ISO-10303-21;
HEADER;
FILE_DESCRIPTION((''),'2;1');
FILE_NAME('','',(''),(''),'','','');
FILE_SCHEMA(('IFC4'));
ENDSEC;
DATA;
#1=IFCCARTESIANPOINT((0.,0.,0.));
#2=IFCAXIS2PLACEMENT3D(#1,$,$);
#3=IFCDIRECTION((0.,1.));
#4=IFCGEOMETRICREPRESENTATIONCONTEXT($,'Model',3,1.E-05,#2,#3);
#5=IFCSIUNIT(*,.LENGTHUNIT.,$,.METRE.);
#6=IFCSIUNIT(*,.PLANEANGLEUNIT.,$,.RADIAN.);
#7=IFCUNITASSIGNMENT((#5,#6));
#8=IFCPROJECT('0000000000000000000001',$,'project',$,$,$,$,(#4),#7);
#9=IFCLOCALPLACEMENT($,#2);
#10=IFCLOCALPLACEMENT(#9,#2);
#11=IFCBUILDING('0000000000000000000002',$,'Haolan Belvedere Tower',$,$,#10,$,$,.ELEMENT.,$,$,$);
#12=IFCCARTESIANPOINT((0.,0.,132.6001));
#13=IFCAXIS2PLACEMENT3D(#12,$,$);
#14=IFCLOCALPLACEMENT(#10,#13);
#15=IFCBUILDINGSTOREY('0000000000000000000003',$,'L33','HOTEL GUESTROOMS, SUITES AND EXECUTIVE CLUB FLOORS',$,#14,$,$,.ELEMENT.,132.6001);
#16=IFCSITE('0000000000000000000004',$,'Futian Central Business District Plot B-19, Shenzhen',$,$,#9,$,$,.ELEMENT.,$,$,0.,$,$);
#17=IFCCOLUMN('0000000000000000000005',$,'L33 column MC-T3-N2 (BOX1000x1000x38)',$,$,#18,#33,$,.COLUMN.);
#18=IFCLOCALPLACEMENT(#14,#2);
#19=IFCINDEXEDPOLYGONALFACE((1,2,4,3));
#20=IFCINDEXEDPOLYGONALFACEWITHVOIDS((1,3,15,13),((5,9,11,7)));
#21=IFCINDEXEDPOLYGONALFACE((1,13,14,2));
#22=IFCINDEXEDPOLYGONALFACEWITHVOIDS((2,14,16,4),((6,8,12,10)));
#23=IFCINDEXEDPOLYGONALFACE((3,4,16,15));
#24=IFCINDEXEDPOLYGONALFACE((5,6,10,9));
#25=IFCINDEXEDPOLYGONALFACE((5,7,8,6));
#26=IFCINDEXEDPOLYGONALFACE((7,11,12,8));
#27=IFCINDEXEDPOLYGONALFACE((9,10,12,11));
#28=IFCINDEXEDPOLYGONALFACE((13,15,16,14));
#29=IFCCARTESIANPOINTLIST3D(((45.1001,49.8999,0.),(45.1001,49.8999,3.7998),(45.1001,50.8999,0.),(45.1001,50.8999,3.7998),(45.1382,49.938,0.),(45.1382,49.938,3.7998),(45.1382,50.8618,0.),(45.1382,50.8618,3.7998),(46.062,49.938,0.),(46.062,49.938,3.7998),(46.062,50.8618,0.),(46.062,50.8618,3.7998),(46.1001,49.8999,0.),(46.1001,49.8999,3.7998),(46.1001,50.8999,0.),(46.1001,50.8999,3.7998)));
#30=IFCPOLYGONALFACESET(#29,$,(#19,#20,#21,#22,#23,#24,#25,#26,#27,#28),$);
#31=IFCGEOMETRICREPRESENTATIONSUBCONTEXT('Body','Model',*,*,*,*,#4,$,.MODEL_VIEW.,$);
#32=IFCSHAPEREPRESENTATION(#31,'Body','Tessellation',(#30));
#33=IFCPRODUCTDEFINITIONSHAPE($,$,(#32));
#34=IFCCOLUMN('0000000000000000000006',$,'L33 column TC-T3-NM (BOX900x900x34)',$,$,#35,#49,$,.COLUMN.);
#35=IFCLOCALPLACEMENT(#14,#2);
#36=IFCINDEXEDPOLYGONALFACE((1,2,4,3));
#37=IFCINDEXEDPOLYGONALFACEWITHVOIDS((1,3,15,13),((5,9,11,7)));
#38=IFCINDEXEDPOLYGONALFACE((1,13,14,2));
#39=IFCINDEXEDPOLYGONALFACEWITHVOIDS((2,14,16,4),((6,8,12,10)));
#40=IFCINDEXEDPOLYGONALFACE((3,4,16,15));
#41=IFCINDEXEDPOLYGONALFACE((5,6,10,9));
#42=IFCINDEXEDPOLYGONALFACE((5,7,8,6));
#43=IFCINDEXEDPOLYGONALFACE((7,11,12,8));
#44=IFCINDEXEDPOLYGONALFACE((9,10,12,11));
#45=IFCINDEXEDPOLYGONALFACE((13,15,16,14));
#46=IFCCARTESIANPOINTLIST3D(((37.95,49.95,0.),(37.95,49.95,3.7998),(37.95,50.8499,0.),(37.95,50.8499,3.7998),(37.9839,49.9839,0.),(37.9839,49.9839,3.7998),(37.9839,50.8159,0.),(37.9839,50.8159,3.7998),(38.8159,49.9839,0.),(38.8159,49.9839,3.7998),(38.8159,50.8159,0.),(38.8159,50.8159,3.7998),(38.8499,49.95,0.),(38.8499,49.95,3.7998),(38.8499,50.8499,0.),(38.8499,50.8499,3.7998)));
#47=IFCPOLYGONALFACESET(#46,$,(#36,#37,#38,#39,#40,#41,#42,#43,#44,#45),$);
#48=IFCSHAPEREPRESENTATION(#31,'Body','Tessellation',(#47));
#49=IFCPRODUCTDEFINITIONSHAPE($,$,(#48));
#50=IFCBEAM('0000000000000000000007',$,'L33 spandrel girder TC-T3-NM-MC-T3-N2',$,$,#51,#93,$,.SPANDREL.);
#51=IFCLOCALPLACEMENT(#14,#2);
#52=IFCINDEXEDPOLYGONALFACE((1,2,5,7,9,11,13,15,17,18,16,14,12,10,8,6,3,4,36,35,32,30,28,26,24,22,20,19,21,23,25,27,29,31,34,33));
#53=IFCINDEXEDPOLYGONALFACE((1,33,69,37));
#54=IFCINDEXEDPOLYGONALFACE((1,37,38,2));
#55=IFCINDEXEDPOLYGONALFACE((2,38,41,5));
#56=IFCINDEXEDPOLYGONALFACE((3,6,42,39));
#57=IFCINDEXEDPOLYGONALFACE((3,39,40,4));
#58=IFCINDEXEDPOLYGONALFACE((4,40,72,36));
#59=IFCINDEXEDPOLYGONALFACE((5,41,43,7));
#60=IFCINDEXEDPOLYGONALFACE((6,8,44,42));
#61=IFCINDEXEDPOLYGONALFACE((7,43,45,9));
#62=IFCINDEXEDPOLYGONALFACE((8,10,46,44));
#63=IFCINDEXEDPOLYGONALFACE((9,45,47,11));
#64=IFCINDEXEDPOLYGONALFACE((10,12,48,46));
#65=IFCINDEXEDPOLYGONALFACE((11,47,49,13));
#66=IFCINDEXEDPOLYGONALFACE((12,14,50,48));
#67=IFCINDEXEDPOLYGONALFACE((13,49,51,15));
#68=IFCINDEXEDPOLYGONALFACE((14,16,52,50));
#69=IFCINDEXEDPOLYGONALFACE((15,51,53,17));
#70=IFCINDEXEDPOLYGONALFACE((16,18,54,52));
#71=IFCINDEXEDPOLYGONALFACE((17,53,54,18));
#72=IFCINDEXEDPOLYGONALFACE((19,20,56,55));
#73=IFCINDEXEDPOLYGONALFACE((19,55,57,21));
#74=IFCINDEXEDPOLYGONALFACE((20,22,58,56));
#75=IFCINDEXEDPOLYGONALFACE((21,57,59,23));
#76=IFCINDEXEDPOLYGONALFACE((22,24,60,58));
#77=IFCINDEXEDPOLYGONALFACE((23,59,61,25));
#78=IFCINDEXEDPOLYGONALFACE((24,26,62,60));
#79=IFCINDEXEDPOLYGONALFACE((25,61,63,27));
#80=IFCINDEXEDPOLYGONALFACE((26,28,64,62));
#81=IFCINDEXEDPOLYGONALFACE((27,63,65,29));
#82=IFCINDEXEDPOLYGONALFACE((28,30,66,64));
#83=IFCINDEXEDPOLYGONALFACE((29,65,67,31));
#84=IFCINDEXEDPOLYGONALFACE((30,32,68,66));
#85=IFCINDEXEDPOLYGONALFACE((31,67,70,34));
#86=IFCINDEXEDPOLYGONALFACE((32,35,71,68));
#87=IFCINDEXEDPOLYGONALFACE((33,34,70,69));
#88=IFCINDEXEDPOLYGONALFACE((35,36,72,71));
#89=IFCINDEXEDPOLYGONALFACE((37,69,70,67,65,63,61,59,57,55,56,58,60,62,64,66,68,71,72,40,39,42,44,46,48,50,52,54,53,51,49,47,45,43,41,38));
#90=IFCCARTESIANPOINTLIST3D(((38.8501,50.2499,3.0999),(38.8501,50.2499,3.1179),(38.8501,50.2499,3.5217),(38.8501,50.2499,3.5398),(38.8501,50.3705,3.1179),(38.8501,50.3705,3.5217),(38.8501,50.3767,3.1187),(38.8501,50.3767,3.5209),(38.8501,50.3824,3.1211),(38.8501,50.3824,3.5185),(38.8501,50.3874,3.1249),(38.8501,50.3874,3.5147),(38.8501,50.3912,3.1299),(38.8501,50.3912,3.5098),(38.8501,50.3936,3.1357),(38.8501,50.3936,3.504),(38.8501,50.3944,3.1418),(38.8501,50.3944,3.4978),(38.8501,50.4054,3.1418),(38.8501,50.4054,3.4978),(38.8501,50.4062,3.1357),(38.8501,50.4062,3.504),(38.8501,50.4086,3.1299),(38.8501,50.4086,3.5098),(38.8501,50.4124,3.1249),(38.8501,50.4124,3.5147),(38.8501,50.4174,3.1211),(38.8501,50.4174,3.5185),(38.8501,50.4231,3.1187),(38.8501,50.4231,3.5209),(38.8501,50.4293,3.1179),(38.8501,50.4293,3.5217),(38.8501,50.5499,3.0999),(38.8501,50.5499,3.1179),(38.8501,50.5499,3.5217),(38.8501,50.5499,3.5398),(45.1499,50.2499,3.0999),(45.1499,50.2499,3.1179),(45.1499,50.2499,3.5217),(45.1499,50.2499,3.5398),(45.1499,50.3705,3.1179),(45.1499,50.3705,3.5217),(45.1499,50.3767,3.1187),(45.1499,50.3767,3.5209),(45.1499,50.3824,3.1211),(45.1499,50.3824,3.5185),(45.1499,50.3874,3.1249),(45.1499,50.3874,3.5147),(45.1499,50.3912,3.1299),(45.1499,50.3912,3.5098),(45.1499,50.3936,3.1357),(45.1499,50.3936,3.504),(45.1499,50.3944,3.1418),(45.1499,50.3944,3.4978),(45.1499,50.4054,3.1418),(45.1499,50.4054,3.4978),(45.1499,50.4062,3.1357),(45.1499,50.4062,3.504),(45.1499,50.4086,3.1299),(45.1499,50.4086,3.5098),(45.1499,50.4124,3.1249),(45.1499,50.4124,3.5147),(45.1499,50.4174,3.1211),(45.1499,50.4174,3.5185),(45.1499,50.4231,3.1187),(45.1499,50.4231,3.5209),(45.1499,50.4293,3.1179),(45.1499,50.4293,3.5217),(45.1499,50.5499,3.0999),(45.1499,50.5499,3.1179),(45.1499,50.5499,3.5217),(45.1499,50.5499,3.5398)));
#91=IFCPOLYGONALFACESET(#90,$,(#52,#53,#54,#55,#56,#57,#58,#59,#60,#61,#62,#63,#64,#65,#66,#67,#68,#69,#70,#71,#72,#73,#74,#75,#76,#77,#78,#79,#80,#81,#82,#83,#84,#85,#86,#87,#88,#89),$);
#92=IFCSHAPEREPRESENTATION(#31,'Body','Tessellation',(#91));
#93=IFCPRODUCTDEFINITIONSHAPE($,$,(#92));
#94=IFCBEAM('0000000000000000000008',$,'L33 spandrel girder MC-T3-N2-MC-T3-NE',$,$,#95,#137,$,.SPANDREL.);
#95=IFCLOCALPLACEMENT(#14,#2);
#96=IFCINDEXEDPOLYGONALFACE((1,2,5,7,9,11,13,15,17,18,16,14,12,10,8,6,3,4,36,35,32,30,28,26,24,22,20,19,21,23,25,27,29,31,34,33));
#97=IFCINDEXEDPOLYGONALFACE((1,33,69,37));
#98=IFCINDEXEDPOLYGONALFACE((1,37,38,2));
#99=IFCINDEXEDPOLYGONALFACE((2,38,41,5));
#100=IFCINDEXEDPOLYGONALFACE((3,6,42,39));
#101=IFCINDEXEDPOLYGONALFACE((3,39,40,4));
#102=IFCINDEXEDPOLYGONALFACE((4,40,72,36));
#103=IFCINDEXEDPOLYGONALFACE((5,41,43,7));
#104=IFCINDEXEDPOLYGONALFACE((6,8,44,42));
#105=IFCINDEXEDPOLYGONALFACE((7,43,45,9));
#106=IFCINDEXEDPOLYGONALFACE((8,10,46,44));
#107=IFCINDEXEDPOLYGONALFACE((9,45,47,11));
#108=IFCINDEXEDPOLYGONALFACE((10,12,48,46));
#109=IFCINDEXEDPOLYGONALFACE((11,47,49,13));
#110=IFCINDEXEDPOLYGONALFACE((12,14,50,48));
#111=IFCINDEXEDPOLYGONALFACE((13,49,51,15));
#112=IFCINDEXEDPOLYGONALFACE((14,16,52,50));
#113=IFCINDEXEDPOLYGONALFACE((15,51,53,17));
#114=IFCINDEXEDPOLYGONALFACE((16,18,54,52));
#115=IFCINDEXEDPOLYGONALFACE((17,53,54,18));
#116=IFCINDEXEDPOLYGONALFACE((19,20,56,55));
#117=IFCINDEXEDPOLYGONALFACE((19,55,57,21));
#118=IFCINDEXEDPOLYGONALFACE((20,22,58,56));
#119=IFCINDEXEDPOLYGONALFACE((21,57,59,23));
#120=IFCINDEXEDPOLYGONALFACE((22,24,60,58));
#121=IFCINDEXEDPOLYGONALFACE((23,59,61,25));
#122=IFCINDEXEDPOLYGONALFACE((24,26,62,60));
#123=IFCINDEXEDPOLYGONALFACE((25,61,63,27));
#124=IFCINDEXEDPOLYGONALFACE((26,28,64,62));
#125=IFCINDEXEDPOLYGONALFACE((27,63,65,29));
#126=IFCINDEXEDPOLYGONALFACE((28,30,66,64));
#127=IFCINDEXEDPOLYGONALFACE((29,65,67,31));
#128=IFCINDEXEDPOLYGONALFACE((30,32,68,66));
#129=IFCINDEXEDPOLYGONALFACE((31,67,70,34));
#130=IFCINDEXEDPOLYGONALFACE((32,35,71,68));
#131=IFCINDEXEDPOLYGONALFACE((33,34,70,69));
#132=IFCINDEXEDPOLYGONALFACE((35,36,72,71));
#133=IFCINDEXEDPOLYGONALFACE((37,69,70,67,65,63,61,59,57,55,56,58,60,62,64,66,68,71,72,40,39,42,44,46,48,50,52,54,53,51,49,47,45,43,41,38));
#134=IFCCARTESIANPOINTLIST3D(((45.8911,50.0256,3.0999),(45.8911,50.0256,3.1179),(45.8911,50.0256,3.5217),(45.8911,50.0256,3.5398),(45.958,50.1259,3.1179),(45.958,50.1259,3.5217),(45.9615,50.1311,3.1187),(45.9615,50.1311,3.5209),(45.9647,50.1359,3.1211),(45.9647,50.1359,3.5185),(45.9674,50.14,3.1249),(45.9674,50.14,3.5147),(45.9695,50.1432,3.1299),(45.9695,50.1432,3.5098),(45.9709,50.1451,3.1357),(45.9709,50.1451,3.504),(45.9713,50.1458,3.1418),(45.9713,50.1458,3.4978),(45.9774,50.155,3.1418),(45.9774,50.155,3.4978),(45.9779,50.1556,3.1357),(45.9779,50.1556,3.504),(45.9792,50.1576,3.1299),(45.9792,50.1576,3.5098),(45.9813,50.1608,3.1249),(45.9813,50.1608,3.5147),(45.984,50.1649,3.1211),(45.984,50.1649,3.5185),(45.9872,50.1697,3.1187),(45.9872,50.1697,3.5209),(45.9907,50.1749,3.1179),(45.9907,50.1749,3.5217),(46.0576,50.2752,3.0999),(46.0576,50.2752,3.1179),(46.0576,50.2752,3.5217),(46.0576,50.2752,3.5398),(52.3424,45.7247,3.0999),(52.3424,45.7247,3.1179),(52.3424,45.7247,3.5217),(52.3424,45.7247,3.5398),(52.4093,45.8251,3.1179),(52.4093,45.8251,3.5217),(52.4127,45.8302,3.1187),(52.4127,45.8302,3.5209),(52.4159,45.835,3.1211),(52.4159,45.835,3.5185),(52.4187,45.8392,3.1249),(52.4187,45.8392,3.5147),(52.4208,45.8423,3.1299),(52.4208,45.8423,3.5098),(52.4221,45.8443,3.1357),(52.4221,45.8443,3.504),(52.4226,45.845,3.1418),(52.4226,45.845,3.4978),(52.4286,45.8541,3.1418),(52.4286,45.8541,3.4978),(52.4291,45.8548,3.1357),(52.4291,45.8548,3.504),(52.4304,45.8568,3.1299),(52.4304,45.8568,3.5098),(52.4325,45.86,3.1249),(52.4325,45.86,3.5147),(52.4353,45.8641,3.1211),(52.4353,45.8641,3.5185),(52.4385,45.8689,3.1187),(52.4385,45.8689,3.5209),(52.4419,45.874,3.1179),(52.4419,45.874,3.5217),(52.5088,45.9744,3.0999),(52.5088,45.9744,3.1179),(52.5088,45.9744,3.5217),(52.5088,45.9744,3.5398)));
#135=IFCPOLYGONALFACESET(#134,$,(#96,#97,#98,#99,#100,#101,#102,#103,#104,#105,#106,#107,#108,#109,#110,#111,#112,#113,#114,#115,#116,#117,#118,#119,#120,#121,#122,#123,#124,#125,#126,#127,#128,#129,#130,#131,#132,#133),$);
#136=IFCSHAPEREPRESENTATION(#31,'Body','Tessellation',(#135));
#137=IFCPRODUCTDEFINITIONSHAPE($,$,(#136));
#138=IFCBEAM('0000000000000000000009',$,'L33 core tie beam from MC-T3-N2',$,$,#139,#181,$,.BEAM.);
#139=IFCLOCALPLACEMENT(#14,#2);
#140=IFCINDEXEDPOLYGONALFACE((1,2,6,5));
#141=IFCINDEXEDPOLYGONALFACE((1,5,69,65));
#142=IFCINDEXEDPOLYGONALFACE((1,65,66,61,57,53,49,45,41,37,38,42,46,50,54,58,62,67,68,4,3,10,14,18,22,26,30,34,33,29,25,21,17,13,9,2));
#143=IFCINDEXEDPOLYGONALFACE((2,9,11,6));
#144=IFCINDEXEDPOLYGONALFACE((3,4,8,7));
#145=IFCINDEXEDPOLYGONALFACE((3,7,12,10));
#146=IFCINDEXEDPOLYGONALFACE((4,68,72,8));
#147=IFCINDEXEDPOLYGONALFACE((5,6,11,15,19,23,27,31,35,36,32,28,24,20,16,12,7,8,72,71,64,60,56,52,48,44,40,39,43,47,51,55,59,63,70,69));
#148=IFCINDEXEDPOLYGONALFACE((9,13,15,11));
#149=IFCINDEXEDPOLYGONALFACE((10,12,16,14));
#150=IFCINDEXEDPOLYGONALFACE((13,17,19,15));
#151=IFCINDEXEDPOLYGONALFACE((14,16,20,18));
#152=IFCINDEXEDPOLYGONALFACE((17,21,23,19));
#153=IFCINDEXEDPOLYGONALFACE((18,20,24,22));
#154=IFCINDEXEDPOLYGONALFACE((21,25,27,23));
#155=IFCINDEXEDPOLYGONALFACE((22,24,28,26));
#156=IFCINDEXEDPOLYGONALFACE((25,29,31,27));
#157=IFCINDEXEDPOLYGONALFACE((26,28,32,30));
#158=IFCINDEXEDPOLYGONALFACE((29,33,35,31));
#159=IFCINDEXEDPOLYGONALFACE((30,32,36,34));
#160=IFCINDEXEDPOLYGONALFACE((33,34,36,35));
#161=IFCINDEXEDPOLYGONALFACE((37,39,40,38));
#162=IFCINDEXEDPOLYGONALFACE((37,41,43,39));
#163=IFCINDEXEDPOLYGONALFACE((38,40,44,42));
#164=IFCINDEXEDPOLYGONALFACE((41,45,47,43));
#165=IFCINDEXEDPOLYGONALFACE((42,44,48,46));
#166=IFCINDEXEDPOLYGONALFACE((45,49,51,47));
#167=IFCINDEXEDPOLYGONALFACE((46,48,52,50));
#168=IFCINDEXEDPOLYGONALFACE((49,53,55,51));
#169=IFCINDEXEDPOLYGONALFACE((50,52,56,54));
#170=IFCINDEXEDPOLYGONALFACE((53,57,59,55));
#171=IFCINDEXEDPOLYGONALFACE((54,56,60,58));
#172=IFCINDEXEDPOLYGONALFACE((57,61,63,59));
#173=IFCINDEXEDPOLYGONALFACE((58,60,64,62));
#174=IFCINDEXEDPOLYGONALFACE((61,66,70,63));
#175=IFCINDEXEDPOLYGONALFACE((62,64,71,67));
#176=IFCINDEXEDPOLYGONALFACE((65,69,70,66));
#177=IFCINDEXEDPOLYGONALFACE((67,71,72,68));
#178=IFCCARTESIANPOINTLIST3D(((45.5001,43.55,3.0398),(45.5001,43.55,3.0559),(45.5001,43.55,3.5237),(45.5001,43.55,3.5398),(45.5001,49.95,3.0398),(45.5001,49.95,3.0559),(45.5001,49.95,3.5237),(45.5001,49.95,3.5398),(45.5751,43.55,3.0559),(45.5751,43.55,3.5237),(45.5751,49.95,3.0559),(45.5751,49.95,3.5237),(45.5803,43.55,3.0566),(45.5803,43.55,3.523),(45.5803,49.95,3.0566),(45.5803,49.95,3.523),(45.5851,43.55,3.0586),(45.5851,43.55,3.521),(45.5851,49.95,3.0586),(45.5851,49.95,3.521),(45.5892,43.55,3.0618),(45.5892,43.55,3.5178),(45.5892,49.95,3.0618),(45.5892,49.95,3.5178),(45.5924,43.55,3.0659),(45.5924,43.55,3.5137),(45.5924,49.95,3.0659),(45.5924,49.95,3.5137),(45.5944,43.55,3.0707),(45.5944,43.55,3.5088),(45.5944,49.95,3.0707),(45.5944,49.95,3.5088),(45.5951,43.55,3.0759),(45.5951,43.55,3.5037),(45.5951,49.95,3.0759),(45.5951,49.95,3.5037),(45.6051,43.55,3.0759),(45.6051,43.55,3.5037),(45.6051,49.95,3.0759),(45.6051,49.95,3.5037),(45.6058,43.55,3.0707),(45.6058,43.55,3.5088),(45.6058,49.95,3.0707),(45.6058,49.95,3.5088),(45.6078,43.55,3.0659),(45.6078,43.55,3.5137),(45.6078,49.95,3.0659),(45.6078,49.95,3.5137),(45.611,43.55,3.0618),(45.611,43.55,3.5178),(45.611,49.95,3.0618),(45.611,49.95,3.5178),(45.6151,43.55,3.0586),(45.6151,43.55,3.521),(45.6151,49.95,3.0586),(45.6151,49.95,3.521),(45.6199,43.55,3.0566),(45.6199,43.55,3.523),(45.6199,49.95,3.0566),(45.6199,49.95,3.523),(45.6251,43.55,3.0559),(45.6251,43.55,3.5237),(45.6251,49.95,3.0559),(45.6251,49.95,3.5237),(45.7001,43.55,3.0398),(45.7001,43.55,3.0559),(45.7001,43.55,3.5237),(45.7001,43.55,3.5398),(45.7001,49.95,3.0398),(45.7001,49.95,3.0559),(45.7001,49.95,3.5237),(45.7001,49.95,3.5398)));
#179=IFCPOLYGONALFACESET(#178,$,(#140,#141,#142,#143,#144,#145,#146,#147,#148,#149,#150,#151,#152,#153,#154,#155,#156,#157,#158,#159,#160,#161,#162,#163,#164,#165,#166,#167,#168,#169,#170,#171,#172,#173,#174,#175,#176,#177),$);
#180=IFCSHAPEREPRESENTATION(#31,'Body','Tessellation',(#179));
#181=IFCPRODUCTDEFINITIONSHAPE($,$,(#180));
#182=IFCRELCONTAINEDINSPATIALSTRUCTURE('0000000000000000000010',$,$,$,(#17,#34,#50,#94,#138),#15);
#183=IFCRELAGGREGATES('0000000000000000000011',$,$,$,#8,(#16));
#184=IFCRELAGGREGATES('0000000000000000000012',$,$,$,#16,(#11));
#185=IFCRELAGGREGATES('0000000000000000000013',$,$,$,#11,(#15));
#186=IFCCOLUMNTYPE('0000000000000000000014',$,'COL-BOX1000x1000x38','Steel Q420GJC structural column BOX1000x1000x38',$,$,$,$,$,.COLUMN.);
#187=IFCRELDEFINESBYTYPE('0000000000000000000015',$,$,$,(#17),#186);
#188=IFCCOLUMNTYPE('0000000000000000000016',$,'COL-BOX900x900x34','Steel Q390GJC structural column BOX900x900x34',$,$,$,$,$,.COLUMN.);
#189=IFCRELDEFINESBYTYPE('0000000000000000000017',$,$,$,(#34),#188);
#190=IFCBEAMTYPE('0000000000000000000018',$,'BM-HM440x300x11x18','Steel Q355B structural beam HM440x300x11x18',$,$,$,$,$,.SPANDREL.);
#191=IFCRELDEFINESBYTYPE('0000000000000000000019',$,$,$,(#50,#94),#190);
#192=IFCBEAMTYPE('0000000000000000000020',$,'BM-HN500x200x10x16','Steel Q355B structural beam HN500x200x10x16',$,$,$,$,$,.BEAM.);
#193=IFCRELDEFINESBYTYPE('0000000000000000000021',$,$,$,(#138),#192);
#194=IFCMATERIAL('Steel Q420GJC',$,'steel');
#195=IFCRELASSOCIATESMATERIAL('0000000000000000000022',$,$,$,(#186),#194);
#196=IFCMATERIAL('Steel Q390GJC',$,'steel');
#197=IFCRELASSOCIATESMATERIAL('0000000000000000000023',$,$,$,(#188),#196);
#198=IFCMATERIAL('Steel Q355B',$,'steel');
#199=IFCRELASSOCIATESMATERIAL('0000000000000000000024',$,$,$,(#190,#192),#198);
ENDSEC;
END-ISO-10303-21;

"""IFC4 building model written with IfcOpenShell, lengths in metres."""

from ifc_helpers import new_model, si_unit, direction, frame, origin, origin_2d, place, context, subcontext, project, spatial, hollow_rectangle, i_section, extrude, material, material_profile, profile_set, type_object, element, save


model = new_model("IFC4")

# Units and contexts
model_context = context("Model", 3, precision=1e-05, world=origin(), true_north=direction((0.0, 1.0)))
body_context = subcontext(model_context, "Body", "Model", "MODEL_VIEW")
ifc_project = project(units=[si_unit("LENGTHUNIT", "METRE"), si_unit("PLANEANGLEUNIT", "RADIAN")], contexts=[model_context])

# Site, building, storey
site_placement = place(None, origin())
site = spatial("IfcSite", under=ifc_project, at=site_placement, Name="Futian Central Business District Plot B-19, Shenzhen", CompositionType="ELEMENT", RefElevation=0.0)
building_placement = place(site_placement, origin())
building = spatial("IfcBuilding", under=site, at=building_placement, Name="Haolan Belvedere Tower", CompositionType="ELEMENT")
storey_placement = place(building_placement, frame((0.0, 0.0, 132.6001)))
storey = spatial("IfcBuildingStorey", under=building, at=storey_placement, Name="L33", Description="HOTEL GUESTROOMS, SUITES AND EXECUTIVE CLUB FLOORS", CompositionType="ELEMENT", Elevation=132.6001)

# Columns
ifc_material_1 = material(Name="Steel Q420GJC", Category="steel")
ifc_material_profile_1 = material_profile(ifc_material_1, hollow_rectangle(XDim=1.0, YDim=1.0, WallThickness=0.0381, at=origin_2d()), Name="Steel Q420GJC")
ifc_profile_set_1 = profile_set([ifc_material_profile_1], Name="Steel Q420GJC")
column_type_1 = type_object("IfcColumnType", Name="COL-BOX1000x1000x38", Description="Steel Q420GJC structural column BOX1000x1000x38", PredefinedType="COLUMN", material=ifc_profile_set_1)
column_1_placement = place(storey_placement, frame((45.6001, 50.3999, 0.0), z_axis=(0.0, 0.0, 1.0), x_axis=(1.0, 0.0, 0.0)))
element("IfcColumn", 1, at=column_1_placement, inside=storey, type_object=column_type_1, Name="L33 column MC-T3-N2 (BOX1000x1000x38)", PredefinedType="COLUMN", context=body_context, shape_type="SweptSolid", body=[
    extrude(hollow_rectangle(XDim=1.0, YDim=1.0, WallThickness=0.0381, at=origin_2d()), origin(), (0.0, 0.0, 1.0), 3.7998),
])
ifc_material_2 = material(Name="Steel Q390GJC", Category="steel")
ifc_material_profile_2 = material_profile(ifc_material_2, hollow_rectangle(XDim=0.8999, YDim=0.8999, WallThickness=0.0339, at=origin_2d()), Name="Steel Q390GJC")
ifc_profile_set_2 = profile_set([ifc_material_profile_2], Name="Steel Q390GJC")
column_type_2 = type_object("IfcColumnType", Name="COL-BOX900x900x34", Description="Steel Q390GJC structural column BOX900x900x34", PredefinedType="COLUMN", material=ifc_profile_set_2)
column_2_placement = place(storey_placement, frame((38.3999, 50.3999, 0.0), z_axis=(0.0, 0.0, 1.0), x_axis=(1.0, 0.0, 0.0)))
element("IfcColumn", 2, at=column_2_placement, inside=storey, type_object=column_type_2, Name="L33 column TC-T3-NM (BOX900x900x34)", PredefinedType="COLUMN", context=body_context, shape_type="SweptSolid", body=[
    extrude(hollow_rectangle(XDim=0.8999, YDim=0.8999, WallThickness=0.0339, at=origin_2d()), origin(), (0.0, 0.0, 1.0), 3.7998),
])

# Beams
ifc_material_3 = material(Name="Steel Q355B", Category="steel")
ifc_material_profile_3 = material_profile(ifc_material_3, i_section(OverallWidth=0.3, OverallDepth=0.4399, WebThickness=0.011, FlangeThickness=0.0181, FilletRadius=0.0239, at=origin_2d()), Name="Steel Q355B")
ifc_profile_set_3 = profile_set([ifc_material_profile_3], Name="Steel Q355B")
beam_type_1 = type_object("IfcBeamType", Name="BM-HM440x300x11x18", Description="Steel Q355B structural beam HM440x300x11x18", PredefinedType="SPANDREL", material=ifc_profile_set_3)
beam_1_placement = place(storey_placement, frame((38.8501, 50.3999, 3.3198), z_axis=(1.0, 0.0, 0.0), x_axis=(0.0, 1.0, 0.0)))
element("IfcBeam", 3, at=beam_1_placement, inside=storey, type_object=beam_type_1, Name="L33 spandrel girder TC-T3-NM-MC-T3-N2", PredefinedType="SPANDREL", context=body_context, shape_type="SweptSolid", body=[
    extrude(i_section(OverallWidth=0.3, OverallDepth=0.4399, WebThickness=0.011, FlangeThickness=0.0181, FilletRadius=0.0239, at=origin_2d()), origin(), (0.0, 0.0, 1.0), 6.2998),
])
beam_2_placement = place(storey_placement, frame((45.9744, 50.1504, 3.3198), z_axis=(0.83205, -0.5547, 0.0), x_axis=(0.5547, 0.83205, 0.0)))
element("IfcBeam", 4, at=beam_2_placement, inside=storey, type_object=beam_type_1, Name="L33 spandrel girder MC-T3-N2-MC-T3-NE", PredefinedType="SPANDREL", context=body_context, shape_type="SweptSolid", body=[
    extrude(i_section(OverallWidth=0.3, OverallDepth=0.4399, WebThickness=0.011, FlangeThickness=0.0181, FilletRadius=0.0239, at=origin_2d()), origin(), (0.0, 0.0, 1.0), 7.7534),
])
ifc_material_profile_4 = material_profile(ifc_material_3, i_section(OverallWidth=0.2, OverallDepth=0.5, WebThickness=0.01, FlangeThickness=0.0161, FilletRadius=0.02, at=origin_2d()), Name="Steel Q355B")
ifc_profile_set_4 = profile_set([ifc_material_profile_4], Name="Steel Q355B")
beam_type_2 = type_object("IfcBeamType", Name="BM-HN500x200x10x16", Description="Steel Q355B structural beam HN500x200x10x16", PredefinedType="BEAM", material=ifc_profile_set_4)
beam_3_placement = place(storey_placement, frame((45.6001, 49.95, 3.2898), z_axis=(0.0, -1.0, 0.0), x_axis=(1.0, 0.0, 0.0)))
element("IfcBeam", 5, at=beam_3_placement, inside=storey, type_object=beam_type_2, Name="L33 core tie beam from MC-T3-N2", PredefinedType="BEAM", context=body_context, shape_type="SweptSolid", body=[
    extrude(i_section(OverallWidth=0.2, OverallDepth=0.5, WebThickness=0.01, FlangeThickness=0.0161, FilletRadius=0.02, at=origin_2d()), origin(), (0.0, 0.0, 1.0), 6.3999),
])

save(model, "model.ifc")
